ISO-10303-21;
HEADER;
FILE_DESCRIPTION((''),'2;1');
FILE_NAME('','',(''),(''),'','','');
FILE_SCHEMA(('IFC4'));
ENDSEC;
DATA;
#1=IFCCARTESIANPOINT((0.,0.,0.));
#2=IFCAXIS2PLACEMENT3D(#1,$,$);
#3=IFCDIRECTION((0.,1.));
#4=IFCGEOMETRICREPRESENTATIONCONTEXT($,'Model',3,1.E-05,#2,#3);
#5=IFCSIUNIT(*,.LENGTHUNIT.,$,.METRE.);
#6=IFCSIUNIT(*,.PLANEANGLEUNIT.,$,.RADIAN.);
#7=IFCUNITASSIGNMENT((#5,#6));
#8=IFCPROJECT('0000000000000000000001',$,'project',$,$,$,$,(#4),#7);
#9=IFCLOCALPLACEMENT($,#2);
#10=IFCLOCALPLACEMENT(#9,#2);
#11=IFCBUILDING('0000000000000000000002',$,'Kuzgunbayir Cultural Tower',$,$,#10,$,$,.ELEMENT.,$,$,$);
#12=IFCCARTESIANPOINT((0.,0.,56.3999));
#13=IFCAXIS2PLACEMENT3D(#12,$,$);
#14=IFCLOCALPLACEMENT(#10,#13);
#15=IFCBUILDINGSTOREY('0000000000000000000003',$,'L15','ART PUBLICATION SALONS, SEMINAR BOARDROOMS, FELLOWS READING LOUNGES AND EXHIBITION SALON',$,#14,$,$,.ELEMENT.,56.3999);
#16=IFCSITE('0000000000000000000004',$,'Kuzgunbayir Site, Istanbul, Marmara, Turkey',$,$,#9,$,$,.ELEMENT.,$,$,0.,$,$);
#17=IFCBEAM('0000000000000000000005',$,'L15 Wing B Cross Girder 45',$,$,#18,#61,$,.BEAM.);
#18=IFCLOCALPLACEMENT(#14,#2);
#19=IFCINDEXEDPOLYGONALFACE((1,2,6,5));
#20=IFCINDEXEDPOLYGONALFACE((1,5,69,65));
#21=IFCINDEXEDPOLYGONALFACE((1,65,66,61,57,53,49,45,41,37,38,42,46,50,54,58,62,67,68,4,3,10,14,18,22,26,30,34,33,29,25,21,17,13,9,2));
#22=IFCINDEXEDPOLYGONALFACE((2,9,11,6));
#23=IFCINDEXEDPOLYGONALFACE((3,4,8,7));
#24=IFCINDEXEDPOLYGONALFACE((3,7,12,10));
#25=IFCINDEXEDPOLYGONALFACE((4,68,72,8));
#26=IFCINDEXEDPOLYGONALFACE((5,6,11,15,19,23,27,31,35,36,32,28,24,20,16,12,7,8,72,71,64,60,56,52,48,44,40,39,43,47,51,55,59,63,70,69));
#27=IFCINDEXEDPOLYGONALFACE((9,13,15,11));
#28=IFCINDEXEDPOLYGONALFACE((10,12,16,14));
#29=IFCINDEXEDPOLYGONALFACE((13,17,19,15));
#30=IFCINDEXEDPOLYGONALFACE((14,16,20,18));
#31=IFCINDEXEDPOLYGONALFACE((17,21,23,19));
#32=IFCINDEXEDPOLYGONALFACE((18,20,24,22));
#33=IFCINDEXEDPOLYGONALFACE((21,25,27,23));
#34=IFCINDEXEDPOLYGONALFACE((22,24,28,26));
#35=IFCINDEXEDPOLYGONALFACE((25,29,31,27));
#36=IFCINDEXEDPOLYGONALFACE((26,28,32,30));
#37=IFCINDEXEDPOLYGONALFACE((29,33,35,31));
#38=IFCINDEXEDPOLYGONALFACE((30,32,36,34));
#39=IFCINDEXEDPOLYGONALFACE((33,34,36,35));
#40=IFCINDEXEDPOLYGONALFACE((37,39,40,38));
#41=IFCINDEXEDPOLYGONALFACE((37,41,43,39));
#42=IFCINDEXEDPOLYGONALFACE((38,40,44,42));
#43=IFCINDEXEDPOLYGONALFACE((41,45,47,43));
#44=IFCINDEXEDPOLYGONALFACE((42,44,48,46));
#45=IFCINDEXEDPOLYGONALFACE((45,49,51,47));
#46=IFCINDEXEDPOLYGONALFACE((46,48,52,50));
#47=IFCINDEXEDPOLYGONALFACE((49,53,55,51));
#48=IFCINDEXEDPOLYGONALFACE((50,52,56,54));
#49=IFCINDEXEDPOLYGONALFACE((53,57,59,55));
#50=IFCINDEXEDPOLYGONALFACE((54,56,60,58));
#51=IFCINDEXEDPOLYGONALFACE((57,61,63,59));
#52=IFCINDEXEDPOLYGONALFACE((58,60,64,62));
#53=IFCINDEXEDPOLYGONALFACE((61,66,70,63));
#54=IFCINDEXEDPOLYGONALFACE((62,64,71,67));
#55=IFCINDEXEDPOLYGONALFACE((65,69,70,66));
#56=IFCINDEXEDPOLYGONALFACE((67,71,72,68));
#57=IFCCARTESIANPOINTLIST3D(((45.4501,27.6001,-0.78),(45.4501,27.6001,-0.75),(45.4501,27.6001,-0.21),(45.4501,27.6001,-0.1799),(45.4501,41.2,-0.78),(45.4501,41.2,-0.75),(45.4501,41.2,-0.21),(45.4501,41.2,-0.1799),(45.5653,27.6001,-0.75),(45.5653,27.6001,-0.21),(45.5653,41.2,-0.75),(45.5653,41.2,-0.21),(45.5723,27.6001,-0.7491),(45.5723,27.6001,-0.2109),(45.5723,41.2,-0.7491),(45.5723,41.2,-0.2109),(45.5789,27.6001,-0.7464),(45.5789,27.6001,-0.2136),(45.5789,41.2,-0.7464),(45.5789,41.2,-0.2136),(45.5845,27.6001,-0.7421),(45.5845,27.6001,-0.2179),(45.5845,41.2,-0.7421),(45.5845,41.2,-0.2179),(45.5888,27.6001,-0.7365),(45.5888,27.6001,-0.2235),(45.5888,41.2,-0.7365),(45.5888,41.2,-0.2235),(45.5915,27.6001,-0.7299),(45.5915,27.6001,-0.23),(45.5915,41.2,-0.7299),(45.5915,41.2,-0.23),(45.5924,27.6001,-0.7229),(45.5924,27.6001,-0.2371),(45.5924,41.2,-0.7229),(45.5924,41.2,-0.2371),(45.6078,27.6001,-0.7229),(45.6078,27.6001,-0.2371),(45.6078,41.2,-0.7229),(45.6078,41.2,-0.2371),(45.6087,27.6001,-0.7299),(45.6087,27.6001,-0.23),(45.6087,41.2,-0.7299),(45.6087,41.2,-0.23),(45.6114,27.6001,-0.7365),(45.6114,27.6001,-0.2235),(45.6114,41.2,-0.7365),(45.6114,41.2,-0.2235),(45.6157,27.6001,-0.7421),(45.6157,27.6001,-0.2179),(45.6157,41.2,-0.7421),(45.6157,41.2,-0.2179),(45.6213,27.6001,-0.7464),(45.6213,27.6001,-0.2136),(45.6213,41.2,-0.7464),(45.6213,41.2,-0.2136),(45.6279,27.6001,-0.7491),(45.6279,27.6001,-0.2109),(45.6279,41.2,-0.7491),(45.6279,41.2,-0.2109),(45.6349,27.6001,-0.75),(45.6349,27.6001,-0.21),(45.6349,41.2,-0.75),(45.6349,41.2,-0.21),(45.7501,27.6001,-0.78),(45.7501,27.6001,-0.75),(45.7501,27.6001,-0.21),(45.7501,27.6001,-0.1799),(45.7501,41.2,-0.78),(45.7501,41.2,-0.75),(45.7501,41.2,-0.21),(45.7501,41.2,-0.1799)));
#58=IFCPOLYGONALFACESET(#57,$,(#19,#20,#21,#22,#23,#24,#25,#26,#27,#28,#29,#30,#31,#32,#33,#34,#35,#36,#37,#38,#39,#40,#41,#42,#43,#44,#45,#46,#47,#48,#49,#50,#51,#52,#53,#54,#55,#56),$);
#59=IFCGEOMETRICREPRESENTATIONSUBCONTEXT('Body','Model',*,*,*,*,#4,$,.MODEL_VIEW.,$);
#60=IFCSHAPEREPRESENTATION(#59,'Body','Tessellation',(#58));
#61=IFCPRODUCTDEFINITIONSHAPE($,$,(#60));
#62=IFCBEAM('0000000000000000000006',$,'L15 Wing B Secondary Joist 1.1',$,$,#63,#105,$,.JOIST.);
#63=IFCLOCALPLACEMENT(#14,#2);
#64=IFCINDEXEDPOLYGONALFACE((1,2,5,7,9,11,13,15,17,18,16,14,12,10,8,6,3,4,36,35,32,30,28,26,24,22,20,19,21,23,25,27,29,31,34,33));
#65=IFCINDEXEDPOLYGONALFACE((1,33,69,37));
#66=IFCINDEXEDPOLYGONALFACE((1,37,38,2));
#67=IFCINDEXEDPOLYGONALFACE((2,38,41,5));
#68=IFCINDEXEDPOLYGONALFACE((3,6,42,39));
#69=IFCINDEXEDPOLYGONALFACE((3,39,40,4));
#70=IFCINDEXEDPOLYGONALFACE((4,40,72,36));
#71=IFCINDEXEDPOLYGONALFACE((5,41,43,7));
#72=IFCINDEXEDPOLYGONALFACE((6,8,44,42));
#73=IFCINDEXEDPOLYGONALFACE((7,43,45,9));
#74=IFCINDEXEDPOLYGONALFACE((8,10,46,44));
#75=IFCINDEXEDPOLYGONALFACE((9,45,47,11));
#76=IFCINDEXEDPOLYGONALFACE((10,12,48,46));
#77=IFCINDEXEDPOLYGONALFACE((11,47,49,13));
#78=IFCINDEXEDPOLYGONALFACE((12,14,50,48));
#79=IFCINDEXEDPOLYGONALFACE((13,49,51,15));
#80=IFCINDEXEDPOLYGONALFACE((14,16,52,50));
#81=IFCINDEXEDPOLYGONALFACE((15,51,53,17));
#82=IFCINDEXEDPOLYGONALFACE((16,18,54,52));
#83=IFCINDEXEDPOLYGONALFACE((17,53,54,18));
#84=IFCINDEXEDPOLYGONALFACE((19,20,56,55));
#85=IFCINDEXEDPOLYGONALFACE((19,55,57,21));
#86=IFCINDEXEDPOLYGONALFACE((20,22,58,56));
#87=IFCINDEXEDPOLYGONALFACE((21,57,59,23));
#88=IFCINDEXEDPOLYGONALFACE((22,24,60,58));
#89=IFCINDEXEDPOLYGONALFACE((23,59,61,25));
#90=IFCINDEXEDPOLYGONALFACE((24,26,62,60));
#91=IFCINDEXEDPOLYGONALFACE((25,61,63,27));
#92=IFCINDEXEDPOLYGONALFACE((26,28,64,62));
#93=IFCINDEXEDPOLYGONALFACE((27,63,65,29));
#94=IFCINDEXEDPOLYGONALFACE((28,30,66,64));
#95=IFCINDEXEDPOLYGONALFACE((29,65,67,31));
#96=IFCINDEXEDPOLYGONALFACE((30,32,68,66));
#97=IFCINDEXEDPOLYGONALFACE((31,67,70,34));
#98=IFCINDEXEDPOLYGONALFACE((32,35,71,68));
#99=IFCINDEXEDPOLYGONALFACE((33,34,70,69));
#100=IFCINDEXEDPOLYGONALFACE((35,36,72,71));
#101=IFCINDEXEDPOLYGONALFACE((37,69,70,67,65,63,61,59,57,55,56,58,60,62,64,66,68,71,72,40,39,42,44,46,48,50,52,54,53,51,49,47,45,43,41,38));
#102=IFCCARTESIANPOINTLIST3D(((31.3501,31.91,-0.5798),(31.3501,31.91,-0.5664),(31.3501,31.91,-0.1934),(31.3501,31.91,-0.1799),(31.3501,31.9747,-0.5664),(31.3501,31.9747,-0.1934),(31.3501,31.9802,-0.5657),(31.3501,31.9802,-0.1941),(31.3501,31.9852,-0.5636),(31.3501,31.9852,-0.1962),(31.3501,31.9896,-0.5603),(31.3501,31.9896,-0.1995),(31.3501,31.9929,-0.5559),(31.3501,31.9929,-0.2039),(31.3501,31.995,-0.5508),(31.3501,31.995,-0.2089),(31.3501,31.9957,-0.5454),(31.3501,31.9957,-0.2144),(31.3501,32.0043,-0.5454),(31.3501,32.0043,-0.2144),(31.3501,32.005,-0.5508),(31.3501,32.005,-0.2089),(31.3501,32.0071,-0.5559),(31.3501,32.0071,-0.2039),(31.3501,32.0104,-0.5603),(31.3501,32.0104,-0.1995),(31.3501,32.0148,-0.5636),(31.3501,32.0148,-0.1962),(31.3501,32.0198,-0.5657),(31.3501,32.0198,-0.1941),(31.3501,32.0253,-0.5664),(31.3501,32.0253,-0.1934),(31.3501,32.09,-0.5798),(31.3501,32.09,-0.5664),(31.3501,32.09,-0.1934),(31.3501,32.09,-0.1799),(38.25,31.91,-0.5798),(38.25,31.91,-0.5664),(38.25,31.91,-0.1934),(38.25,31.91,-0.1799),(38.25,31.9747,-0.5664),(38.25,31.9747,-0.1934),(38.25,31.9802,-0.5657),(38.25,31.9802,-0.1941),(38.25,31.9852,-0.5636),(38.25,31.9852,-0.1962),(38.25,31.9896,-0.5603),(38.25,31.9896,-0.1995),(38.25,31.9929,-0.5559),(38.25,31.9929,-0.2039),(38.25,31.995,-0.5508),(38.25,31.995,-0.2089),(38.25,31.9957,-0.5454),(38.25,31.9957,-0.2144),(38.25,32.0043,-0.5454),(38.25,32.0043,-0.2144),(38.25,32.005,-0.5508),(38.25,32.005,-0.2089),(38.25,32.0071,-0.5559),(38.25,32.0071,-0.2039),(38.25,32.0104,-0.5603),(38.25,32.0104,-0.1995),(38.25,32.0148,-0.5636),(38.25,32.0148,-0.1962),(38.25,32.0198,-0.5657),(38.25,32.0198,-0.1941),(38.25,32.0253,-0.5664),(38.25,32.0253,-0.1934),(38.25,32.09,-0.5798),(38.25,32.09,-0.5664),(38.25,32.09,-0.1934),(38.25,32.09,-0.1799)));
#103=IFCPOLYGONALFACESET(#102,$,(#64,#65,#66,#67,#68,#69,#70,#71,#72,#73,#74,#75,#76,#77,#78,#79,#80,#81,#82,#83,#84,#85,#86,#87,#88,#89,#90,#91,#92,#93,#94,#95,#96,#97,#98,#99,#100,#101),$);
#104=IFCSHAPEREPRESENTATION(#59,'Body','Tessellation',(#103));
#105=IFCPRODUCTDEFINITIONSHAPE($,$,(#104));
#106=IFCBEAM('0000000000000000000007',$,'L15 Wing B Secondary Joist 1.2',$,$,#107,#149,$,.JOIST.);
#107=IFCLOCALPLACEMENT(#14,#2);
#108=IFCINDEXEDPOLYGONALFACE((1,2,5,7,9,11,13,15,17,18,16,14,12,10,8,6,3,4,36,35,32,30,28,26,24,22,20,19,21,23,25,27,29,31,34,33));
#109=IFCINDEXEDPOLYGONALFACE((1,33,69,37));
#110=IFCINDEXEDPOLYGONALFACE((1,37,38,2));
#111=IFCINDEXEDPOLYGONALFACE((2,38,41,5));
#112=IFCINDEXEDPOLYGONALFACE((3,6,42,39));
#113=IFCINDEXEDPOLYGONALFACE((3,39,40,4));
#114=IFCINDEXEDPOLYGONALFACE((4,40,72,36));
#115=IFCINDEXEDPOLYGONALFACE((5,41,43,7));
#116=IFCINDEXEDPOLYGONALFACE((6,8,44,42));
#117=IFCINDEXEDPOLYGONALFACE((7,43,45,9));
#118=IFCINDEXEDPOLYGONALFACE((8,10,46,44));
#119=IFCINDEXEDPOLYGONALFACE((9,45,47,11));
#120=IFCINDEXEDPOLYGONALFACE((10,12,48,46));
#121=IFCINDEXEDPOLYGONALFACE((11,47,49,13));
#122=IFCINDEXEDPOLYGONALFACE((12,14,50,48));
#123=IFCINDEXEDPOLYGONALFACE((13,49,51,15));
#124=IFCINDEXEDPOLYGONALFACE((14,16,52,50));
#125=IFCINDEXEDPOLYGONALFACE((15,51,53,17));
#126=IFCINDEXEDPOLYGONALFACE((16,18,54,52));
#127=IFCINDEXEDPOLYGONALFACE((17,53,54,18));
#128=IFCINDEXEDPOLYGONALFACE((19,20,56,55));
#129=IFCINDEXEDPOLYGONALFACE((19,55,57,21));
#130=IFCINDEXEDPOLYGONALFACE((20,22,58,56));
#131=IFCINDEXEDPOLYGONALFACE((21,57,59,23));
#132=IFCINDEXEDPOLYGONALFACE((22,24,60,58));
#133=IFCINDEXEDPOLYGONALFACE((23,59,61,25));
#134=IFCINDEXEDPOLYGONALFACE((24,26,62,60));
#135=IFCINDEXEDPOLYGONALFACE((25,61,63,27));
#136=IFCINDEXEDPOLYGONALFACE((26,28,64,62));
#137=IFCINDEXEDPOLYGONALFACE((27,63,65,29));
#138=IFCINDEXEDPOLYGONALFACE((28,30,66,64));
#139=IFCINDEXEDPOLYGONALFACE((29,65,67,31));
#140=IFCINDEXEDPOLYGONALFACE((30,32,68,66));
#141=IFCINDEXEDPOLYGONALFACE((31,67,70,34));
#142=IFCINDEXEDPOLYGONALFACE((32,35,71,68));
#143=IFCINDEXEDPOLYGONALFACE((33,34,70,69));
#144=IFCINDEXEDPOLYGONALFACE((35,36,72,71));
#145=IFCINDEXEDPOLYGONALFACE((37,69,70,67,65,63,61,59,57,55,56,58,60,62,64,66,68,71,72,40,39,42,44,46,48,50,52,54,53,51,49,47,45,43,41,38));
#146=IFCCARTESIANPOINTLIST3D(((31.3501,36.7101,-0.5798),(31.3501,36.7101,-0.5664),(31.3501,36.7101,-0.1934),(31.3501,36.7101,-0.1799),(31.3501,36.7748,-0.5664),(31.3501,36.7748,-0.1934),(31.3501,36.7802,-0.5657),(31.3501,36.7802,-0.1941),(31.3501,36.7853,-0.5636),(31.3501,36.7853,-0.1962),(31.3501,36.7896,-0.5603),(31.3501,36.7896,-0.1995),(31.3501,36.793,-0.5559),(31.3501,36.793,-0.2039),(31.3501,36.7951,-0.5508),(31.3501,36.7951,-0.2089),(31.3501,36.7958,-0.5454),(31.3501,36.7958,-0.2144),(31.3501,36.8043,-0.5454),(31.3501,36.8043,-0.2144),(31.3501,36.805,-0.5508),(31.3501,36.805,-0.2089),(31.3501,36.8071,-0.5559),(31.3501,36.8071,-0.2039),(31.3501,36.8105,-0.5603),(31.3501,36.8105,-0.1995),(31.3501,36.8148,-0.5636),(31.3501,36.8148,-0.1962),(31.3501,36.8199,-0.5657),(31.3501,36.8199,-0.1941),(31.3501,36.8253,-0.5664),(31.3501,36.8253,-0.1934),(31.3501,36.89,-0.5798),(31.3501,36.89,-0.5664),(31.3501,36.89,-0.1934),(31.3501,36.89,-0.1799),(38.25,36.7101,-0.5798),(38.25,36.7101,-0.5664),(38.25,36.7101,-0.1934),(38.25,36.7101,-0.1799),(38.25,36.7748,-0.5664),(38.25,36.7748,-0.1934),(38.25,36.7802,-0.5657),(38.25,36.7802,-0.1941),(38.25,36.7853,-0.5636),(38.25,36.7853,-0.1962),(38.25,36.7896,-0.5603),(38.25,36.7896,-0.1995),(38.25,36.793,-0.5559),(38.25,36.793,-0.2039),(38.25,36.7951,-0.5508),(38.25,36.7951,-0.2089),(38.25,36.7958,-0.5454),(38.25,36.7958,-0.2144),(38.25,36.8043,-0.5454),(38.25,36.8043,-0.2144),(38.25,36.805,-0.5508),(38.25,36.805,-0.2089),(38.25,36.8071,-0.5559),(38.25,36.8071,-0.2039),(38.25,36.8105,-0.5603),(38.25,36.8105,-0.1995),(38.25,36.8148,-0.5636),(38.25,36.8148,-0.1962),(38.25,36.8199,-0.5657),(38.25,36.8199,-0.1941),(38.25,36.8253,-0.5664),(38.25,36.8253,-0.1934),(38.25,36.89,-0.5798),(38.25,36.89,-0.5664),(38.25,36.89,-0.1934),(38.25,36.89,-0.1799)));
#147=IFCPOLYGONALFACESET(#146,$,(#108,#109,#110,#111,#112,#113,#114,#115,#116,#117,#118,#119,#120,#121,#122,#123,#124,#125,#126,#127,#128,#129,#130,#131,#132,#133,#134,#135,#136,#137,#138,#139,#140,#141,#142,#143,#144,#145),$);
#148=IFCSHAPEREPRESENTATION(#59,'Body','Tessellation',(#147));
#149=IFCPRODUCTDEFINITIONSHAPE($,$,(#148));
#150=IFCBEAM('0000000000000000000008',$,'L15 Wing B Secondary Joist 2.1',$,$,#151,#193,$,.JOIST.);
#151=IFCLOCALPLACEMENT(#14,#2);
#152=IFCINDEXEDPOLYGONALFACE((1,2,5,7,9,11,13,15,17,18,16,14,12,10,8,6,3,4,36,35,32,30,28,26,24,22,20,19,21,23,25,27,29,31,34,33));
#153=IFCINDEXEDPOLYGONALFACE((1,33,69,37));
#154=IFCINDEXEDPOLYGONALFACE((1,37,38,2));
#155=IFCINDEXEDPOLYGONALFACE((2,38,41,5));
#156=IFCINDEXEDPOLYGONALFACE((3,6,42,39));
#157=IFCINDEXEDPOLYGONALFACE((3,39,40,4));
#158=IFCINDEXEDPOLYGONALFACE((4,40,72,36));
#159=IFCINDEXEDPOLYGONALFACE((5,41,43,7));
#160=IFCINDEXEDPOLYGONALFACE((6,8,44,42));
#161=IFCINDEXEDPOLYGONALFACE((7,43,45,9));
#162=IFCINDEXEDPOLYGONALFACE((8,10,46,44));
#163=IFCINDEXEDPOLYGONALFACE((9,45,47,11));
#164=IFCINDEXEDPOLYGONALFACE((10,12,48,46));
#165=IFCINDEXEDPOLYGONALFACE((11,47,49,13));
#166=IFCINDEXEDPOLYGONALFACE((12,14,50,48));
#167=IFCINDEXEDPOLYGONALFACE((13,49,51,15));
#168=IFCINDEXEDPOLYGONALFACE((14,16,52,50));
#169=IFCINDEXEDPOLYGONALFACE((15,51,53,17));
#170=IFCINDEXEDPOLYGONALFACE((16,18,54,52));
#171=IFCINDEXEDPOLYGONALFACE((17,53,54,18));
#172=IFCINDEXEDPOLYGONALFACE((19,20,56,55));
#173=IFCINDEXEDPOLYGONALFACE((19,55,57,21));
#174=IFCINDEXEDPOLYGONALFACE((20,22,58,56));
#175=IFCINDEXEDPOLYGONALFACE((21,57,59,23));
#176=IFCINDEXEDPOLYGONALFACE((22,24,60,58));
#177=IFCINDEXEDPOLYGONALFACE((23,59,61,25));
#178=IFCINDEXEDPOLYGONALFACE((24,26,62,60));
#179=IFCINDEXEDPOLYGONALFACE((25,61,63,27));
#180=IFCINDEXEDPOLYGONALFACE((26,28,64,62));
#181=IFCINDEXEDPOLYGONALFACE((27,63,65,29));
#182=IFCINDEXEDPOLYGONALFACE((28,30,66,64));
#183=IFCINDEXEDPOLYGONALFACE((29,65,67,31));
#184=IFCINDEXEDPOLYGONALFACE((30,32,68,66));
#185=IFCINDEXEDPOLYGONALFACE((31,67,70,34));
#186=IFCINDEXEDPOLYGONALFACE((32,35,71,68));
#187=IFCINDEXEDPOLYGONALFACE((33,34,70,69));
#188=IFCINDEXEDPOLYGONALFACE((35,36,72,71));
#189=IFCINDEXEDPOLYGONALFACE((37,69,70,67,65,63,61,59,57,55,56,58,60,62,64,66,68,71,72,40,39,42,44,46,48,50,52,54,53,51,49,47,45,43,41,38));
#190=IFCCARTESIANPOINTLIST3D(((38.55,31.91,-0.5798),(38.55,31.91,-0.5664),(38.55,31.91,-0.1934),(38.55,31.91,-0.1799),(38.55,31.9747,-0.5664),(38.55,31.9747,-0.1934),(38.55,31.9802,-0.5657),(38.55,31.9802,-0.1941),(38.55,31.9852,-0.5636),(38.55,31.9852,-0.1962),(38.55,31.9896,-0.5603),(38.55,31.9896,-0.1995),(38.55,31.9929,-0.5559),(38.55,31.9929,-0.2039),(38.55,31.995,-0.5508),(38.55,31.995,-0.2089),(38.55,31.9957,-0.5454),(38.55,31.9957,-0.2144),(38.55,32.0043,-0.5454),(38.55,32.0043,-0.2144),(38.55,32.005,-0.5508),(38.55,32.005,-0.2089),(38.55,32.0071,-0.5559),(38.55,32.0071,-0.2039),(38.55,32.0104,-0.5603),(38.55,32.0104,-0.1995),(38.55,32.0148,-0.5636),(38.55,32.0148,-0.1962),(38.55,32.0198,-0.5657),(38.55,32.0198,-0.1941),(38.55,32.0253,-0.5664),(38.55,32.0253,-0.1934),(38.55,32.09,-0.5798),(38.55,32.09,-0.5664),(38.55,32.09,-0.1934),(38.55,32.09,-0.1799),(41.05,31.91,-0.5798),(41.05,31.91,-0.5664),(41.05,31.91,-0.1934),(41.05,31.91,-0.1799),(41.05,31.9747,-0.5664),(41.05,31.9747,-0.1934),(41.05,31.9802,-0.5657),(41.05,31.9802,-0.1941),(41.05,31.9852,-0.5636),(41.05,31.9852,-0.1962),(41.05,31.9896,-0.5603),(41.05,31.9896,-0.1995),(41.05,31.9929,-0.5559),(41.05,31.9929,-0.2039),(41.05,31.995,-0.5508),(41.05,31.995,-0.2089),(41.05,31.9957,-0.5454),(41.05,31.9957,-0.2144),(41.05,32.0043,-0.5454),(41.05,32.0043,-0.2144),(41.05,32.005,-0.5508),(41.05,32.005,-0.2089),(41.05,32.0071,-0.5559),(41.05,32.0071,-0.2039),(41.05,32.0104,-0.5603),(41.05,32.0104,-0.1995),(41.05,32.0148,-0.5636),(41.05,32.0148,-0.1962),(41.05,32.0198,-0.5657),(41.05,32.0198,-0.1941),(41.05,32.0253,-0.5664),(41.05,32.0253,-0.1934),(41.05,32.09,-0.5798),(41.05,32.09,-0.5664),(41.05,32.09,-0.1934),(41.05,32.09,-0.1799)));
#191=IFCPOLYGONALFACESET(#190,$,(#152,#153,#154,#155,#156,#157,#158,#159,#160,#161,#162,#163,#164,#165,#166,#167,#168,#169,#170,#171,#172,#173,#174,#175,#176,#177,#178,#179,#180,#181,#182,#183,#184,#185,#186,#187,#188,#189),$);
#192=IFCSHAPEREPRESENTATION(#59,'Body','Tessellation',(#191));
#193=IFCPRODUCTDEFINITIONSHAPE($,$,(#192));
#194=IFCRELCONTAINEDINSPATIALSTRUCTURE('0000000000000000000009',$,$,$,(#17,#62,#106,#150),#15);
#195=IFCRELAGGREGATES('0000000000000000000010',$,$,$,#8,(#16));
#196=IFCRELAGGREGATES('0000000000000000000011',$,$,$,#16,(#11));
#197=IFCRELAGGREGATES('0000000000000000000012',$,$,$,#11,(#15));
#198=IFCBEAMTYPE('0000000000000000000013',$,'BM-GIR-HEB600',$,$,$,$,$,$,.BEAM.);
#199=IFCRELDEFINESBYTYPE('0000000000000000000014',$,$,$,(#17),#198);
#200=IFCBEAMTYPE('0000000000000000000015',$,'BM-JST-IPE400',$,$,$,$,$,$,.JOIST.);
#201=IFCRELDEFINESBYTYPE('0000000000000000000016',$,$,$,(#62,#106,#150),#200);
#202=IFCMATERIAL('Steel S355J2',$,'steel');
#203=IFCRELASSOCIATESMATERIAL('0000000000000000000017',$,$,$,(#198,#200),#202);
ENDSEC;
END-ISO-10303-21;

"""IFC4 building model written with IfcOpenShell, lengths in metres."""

from ifc_helpers import new_model, si_unit, direction, frame, origin, origin_2d, place, context, subcontext, project, spatial, i_section, extrude, material, material_profile, profile_set, type_object, element, save


model = new_model("IFC4")

# Units and contexts
model_context = context("Model", 3, precision=1e-05, world=origin(), true_north=direction((0.0, 1.0)))
body_context = subcontext(model_context, "Body", "Model", "MODEL_VIEW")
ifc_project = project(units=[si_unit("LENGTHUNIT", "METRE"), si_unit("PLANEANGLEUNIT", "RADIAN")], contexts=[model_context])

# Site, building, storey
site_placement = place(None, origin())
site = spatial("IfcSite", under=ifc_project, at=site_placement, Name="Kuzgunbayir Site, Istanbul, Marmara, Turkey", CompositionType="ELEMENT", RefElevation=0.0)
building_placement = place(site_placement, origin())
building = spatial("IfcBuilding", under=site, at=building_placement, Name="Kuzgunbayir Cultural Tower", CompositionType="ELEMENT")
storey_placement = place(building_placement, frame((0.0, 0.0, 56.3999)))
storey = spatial("IfcBuildingStorey", under=building, at=storey_placement, Name="L15", Description="ART PUBLICATION SALONS, SEMINAR BOARDROOMS, FELLOWS READING LOUNGES AND EXHIBITION SALON", CompositionType="ELEMENT", Elevation=56.3999)

# Beams
ifc_material_1 = material(Name="Steel S355J2", Category="steel")
ifc_material_profile_1 = material_profile(ifc_material_1, i_section(OverallWidth=0.3, OverallDepth=0.6001, WebThickness=0.0154, FlangeThickness=0.03, FilletRadius=0.0271, at=origin_2d()), Name="HEB 600")
ifc_profile_set_1 = profile_set([ifc_material_profile_1], Name="Steel S355J2")
beam_type_1 = type_object("IfcBeamType", Name="BM-GIR-HEB600", PredefinedType="BEAM", material=ifc_profile_set_1)
for number, where, z_axis, x_axis, name in (
    (1, (45.6001, 27.6001, -0.48), (0.0, 1.0, 0.0), (-1.0, 0.0, 0.0), "L15 Wing B Cross Girder 45"),
):
    element("IfcBeam", number, at=place(storey_placement, frame(where, z_axis=z_axis, x_axis=x_axis)), inside=storey, type_object=beam_type_1, Name=name, PredefinedType="BEAM", context=body_context, shape_type="SweptSolid", body=[
        extrude(i_section(OverallWidth=0.3, OverallDepth=0.6001, WebThickness=0.0154, FlangeThickness=0.03, FilletRadius=0.0271, at=origin_2d()), origin(), (0.0, 0.0, 1.0), 13.5999),
    ])
ifc_material_profile_2 = material_profile(ifc_material_1, i_section(OverallWidth=0.1799, OverallDepth=0.3999, WebThickness=0.0085, FlangeThickness=0.0134, FilletRadius=0.021, at=origin_2d()), Name="IPE 400")
ifc_profile_set_2 = profile_set([ifc_material_profile_2], Name="Steel S355J2")
beam_type_2 = type_object("IfcBeamType", Name="BM-JST-IPE400", PredefinedType="JOIST", material=ifc_profile_set_2)
for number, where, z_axis, x_axis, name in (
    (2, (31.3501, 32.0, -0.3799), (1.0, 0.0, 0.0), (0.0, 1.0, 0.0), "L15 Wing B Secondary Joist 1.1"),
    (3, (31.3501, 36.8, -0.3799), (1.0, 0.0, 0.0), (0.0, 1.0, 0.0), "L15 Wing B Secondary Joist 1.2"),
):
    element("IfcBeam", number, at=place(storey_placement, frame(where, z_axis=z_axis, x_axis=x_axis)), inside=storey, type_object=beam_type_2, Name=name, PredefinedType="JOIST", context=body_context, shape_type="SweptSolid", body=[
        extrude(i_section(OverallWidth=0.1799, OverallDepth=0.3999, WebThickness=0.0085, FlangeThickness=0.0134, FilletRadius=0.021, at=origin_2d()), origin(), (0.0, 0.0, 1.0), 6.8999),
    ])
for number, where, z_axis, x_axis, name in (
    (4, (38.55, 32.0, -0.3799), (1.0, 0.0, 0.0), (0.0, 1.0, 0.0), "L15 Wing B Secondary Joist 2.1"),
):
    element("IfcBeam", number, at=place(storey_placement, frame(where, z_axis=z_axis, x_axis=x_axis)), inside=storey, type_object=beam_type_2, Name=name, PredefinedType="JOIST", context=body_context, shape_type="SweptSolid", body=[
        extrude(i_section(OverallWidth=0.1799, OverallDepth=0.3999, WebThickness=0.0085, FlangeThickness=0.0134, FilletRadius=0.021, at=origin_2d()), origin(), (0.0, 0.0, 1.0), 2.5),
    ])

save(model, "model.ifc")
